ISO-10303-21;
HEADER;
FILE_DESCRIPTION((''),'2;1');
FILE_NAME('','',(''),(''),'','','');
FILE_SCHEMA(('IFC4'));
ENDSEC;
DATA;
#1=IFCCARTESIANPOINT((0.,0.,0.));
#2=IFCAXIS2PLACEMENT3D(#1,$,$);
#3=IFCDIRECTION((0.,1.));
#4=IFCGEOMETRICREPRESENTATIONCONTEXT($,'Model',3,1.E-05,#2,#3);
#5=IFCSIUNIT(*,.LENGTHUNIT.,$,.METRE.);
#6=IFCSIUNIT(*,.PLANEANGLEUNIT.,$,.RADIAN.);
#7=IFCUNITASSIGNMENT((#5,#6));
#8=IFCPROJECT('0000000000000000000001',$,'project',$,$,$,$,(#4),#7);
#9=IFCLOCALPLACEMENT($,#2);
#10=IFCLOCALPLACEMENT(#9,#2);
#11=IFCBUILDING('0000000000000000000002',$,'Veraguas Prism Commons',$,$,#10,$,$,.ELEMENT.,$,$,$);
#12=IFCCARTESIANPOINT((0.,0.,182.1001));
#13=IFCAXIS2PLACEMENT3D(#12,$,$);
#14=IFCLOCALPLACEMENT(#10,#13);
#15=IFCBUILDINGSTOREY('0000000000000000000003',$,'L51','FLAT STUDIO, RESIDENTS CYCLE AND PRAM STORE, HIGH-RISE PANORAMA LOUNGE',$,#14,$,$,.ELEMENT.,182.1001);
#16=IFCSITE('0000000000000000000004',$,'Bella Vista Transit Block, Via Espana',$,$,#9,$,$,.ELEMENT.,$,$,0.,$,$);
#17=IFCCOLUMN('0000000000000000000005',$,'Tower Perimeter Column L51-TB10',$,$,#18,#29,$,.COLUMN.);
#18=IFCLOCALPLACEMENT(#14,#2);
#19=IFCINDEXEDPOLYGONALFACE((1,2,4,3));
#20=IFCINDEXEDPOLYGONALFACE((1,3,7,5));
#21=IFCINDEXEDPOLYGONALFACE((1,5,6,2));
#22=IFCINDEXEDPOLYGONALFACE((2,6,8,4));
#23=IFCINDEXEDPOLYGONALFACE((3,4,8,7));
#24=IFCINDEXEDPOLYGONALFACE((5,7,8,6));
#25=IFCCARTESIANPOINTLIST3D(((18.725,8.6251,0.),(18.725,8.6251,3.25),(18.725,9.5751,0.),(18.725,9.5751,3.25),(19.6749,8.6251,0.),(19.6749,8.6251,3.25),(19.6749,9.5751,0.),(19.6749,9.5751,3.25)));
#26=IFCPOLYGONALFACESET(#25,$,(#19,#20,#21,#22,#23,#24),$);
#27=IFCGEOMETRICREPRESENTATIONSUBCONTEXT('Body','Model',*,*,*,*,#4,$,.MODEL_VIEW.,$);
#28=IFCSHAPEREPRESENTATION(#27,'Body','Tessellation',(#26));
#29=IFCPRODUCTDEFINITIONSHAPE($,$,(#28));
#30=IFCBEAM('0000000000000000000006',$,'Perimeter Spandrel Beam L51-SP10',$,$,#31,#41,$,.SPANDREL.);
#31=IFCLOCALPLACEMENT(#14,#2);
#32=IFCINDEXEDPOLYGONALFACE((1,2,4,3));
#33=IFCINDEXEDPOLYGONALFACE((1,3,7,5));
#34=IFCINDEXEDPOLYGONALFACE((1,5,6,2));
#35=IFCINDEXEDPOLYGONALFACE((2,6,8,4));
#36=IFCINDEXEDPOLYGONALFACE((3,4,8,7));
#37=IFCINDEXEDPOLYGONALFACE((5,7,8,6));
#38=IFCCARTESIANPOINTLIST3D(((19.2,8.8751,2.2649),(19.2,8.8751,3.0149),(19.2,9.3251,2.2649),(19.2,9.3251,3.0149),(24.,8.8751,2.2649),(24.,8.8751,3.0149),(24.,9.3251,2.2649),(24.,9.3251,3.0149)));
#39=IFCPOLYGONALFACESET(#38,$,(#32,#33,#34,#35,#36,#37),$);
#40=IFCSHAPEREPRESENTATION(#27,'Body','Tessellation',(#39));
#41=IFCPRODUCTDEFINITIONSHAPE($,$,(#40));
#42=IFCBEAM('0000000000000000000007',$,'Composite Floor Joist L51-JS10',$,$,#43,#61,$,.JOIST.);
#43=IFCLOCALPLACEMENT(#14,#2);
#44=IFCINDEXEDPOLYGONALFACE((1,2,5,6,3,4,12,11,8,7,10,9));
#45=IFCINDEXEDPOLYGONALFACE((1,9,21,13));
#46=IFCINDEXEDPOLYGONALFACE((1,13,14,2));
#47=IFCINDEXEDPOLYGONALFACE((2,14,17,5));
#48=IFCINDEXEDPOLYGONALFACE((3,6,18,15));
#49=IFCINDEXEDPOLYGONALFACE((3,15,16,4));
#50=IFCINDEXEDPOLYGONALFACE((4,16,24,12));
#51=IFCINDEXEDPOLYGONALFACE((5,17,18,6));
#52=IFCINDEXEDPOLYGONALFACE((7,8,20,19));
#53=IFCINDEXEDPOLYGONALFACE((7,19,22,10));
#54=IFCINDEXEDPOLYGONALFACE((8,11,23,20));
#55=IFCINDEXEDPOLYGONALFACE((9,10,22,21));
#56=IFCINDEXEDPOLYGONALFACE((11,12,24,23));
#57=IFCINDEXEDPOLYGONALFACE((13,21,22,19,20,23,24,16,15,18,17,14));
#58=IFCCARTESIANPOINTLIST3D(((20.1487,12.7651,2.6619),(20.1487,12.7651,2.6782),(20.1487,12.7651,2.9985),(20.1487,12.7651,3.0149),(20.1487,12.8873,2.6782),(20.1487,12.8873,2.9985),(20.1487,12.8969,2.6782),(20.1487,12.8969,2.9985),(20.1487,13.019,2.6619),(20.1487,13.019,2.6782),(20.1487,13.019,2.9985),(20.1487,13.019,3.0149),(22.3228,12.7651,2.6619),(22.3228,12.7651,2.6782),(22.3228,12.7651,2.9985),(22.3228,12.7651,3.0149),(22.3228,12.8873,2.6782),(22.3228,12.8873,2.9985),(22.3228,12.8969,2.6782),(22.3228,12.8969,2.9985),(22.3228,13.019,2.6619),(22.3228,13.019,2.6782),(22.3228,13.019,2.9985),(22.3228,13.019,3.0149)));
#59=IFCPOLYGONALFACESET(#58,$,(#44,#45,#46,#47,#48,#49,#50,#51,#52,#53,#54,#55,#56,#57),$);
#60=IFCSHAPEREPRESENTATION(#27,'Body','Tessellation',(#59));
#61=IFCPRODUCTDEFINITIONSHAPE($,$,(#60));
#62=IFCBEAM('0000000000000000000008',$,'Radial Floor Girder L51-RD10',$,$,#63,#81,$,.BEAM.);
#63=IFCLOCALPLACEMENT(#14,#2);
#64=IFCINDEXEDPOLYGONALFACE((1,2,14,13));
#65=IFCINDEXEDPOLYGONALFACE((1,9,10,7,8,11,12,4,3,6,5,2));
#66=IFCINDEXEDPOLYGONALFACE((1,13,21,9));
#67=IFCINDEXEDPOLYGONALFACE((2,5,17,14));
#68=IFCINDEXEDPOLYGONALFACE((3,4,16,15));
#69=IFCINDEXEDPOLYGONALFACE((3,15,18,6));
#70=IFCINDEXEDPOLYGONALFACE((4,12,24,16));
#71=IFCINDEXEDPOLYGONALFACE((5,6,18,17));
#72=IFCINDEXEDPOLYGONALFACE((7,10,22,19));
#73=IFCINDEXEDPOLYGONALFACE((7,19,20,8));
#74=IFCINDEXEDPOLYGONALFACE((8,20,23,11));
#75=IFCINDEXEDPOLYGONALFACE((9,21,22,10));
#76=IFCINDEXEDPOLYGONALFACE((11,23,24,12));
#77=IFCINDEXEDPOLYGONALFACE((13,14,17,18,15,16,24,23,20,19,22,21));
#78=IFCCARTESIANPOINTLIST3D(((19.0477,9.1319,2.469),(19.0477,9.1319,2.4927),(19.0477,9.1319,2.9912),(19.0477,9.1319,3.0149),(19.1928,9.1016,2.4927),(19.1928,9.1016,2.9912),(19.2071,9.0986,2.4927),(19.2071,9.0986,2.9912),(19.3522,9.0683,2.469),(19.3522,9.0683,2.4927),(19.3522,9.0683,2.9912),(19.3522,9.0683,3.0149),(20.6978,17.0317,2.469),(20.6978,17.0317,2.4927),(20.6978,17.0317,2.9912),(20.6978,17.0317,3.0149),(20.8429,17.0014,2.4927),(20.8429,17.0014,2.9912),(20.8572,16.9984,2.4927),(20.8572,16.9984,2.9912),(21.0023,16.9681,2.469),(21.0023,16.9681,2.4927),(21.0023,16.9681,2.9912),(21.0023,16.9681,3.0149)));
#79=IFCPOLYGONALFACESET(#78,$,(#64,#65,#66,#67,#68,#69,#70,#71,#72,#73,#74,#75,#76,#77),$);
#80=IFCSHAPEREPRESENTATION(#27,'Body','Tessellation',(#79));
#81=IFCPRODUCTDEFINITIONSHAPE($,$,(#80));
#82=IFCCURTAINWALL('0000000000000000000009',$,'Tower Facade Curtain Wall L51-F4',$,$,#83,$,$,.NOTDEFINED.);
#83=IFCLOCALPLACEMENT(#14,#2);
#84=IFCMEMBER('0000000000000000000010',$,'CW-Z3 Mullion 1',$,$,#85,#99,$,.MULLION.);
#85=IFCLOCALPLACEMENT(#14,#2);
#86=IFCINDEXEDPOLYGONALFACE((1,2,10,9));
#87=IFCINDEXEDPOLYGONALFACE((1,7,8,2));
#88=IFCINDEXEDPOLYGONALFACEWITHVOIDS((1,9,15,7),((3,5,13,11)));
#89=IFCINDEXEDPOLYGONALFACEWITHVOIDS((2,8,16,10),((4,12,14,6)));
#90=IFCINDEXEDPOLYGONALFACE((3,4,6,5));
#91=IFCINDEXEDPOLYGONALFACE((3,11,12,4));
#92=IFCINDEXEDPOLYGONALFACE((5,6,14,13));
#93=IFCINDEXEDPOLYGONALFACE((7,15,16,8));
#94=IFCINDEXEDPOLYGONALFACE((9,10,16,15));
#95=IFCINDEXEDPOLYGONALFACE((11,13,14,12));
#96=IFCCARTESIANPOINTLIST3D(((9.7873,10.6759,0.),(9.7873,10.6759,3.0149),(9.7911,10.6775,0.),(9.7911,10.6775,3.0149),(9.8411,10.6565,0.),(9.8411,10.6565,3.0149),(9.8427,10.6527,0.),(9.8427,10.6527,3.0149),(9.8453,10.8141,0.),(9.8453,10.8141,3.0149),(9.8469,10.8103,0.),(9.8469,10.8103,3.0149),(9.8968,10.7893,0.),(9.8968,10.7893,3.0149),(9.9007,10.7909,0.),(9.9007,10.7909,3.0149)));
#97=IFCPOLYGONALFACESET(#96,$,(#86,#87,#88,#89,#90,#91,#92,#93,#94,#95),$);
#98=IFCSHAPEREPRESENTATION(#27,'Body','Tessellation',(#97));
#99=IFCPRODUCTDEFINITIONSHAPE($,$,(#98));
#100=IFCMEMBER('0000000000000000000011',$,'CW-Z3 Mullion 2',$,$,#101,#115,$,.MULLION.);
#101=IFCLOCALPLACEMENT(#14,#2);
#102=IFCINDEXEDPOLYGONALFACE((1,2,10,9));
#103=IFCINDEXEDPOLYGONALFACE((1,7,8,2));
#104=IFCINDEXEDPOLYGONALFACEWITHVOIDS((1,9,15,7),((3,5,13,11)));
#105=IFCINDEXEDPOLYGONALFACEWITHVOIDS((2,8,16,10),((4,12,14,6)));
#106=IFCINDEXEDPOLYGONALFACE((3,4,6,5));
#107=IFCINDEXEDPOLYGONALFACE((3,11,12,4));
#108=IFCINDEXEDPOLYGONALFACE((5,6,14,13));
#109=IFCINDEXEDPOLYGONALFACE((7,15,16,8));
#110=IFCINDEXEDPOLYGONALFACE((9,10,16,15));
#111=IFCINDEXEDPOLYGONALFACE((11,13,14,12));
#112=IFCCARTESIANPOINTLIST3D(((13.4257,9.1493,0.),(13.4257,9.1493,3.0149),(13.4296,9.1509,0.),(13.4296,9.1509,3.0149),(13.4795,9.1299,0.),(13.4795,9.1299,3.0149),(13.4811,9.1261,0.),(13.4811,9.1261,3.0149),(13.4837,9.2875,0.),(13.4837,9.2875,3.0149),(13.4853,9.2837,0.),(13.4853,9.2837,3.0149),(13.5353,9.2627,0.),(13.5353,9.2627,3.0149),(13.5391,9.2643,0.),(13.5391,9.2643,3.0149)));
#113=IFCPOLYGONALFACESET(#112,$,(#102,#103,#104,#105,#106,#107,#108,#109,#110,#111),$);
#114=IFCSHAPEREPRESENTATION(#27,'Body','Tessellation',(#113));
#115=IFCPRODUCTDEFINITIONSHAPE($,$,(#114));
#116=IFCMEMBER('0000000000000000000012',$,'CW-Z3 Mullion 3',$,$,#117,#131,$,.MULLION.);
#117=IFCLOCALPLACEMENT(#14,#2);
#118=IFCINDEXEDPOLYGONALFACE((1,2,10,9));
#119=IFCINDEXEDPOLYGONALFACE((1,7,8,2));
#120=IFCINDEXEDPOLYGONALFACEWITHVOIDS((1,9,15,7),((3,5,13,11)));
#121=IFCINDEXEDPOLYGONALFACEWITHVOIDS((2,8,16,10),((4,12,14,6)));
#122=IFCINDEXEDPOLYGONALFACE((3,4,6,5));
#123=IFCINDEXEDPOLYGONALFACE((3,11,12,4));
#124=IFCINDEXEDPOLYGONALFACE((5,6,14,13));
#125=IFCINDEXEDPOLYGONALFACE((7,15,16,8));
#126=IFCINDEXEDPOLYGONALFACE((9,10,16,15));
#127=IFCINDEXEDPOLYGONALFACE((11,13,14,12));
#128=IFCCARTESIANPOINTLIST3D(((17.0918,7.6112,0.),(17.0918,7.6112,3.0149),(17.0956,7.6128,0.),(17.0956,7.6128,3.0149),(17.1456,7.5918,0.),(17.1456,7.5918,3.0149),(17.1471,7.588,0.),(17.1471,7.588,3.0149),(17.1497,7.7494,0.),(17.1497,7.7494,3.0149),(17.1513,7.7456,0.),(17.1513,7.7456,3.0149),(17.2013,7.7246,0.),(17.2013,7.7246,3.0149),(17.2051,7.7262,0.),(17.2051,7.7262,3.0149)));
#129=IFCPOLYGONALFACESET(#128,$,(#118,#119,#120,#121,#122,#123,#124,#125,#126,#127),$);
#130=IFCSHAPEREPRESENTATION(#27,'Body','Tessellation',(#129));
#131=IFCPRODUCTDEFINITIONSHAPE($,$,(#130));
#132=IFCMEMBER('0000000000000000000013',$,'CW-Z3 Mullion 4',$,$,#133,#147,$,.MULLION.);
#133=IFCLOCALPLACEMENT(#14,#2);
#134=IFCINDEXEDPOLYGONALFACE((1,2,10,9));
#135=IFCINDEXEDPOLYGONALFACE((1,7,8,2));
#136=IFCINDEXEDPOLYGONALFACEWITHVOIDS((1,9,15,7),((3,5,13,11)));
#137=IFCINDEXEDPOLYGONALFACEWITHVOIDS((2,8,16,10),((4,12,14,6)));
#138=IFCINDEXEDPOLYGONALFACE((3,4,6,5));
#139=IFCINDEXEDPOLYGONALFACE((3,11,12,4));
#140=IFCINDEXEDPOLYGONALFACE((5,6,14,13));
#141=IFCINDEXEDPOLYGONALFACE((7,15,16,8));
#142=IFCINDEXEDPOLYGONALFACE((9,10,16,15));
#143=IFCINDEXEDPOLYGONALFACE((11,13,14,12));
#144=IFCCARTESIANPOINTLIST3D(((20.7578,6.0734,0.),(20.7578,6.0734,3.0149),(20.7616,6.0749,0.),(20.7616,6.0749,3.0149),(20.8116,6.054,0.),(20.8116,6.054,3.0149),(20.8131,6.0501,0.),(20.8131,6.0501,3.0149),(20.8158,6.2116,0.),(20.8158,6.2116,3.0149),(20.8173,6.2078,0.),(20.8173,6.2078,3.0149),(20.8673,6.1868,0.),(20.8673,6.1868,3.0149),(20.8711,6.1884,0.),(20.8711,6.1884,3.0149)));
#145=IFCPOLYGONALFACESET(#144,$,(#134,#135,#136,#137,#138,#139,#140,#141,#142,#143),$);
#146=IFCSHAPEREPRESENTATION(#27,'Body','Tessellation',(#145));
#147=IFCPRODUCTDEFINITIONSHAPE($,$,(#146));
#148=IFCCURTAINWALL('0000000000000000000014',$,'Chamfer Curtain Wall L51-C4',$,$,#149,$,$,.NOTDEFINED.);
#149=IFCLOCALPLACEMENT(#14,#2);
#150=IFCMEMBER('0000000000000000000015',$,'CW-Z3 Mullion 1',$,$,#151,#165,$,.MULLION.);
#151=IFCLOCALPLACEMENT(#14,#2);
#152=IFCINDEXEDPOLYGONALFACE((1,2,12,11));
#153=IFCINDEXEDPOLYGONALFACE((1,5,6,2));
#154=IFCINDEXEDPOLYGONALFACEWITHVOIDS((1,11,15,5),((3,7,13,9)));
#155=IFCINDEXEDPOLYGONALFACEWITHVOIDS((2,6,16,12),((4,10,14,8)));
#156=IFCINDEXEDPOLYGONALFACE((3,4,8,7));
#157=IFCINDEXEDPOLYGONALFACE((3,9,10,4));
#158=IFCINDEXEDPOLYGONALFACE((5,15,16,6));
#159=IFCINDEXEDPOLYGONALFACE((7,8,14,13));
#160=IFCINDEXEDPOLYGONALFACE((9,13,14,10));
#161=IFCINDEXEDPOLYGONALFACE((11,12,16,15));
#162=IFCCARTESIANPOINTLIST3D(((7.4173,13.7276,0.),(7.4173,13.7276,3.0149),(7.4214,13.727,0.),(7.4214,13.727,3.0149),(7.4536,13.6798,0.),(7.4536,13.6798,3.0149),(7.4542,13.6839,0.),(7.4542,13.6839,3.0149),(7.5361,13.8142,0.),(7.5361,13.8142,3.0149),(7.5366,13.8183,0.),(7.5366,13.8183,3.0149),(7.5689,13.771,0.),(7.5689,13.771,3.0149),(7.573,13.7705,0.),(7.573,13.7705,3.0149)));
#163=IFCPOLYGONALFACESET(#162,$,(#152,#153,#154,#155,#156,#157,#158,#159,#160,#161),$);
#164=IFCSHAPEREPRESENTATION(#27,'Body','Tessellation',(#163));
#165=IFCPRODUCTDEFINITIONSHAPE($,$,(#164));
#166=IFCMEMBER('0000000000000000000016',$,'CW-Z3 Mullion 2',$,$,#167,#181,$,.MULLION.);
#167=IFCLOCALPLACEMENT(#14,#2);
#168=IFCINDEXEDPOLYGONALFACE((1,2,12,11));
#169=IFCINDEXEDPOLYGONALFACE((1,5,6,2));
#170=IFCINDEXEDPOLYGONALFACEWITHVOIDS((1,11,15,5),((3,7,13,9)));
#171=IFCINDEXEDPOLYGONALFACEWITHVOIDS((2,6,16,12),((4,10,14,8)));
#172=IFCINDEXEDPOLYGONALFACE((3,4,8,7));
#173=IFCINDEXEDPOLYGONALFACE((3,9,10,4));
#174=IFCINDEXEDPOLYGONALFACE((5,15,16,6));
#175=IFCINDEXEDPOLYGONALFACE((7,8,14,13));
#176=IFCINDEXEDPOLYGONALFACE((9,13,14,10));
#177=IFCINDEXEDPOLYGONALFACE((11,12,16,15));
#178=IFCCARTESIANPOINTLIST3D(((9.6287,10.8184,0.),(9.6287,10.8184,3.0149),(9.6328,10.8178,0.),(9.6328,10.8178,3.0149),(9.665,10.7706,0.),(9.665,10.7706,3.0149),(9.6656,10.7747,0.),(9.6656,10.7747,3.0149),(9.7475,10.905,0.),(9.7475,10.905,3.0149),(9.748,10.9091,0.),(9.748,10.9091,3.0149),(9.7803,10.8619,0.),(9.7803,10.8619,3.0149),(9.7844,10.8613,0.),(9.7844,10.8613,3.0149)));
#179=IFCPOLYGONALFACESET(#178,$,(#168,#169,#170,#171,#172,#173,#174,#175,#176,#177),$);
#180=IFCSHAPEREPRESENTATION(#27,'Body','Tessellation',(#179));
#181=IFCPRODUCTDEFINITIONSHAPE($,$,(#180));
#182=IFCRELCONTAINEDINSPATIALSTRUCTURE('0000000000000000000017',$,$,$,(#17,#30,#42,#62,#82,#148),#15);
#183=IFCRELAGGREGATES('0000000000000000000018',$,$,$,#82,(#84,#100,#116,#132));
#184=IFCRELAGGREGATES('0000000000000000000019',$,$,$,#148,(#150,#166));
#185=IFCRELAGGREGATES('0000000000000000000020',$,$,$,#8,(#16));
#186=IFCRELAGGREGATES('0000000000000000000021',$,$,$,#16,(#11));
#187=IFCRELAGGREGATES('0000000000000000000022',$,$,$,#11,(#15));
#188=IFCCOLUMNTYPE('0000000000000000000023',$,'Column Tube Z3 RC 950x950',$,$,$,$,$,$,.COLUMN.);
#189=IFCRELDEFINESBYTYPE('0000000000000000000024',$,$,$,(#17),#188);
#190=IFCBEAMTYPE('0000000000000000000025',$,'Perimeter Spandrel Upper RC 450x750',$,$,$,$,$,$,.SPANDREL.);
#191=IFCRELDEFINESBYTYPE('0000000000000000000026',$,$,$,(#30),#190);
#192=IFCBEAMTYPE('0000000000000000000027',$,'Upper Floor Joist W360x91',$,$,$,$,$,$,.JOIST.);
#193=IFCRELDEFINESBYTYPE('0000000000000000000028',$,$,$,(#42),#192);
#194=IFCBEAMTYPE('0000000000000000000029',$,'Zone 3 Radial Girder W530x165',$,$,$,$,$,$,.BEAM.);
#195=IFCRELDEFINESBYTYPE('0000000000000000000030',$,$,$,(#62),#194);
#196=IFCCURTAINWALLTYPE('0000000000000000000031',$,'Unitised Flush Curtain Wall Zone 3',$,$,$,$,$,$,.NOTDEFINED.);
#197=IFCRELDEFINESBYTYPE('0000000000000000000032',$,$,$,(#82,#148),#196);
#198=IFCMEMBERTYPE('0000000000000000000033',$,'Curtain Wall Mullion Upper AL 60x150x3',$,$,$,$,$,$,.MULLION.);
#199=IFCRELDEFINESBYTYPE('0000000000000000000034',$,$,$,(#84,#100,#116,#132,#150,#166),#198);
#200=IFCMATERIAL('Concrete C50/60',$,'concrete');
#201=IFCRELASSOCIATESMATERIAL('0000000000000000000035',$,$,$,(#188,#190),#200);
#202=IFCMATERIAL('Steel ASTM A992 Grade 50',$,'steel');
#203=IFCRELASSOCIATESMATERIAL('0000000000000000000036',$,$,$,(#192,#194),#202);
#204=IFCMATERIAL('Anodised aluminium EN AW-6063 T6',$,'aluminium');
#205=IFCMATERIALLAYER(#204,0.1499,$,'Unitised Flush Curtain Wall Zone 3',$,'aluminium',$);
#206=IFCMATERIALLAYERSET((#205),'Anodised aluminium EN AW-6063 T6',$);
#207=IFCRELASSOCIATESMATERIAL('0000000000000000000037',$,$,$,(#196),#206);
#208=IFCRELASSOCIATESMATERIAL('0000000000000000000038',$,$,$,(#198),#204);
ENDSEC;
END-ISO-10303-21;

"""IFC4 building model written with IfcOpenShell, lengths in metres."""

from ifc_helpers import new_model, si_unit, direction, frame, origin, origin_2d, place, context, subcontext, project, spatial, rectangle, hollow_rectangle, i_section, extrude, source, transform, mapped, material, layer, layer_set, material_profile, profile_set, type_object, element, aggregate, save


model = new_model("IFC4")

# Units and contexts
model_context = context("Model", 3, precision=1e-05, world=origin(), true_north=direction((0.0, 1.0)))
body_context = subcontext(model_context, "Body", "Model", "MODEL_VIEW")
ifc_project = project(units=[si_unit("LENGTHUNIT", "METRE"), si_unit("PLANEANGLEUNIT", "RADIAN")], contexts=[model_context])

# Site, building, storey
site_placement = place(None, origin())
site = spatial("IfcSite", under=ifc_project, at=site_placement, Name="Bella Vista Transit Block, Via Espana", CompositionType="ELEMENT", RefElevation=0.0)
building_placement = place(site_placement, origin())
building = spatial("IfcBuilding", under=site, at=building_placement, Name="Veraguas Prism Commons", CompositionType="ELEMENT")
storey_placement = place(building_placement, frame((0.0, 0.0, 182.1001)))
storey = spatial("IfcBuildingStorey", under=building, at=storey_placement, Name="L51", Description="FLAT STUDIO, RESIDENTS CYCLE AND PRAM STORE, HIGH-RISE PANORAMA LOUNGE", CompositionType="ELEMENT", Elevation=182.1001)

# Column
ifc_material_1 = material(Name="Concrete C50/60", Category="concrete")
ifc_material_profile_1 = material_profile(ifc_material_1, rectangle(XDim=0.95, YDim=0.95, at=origin_2d()), Name="RC950X950")
ifc_profile_set_1 = profile_set([ifc_material_profile_1], Name="Concrete C50/60")
column_type = type_object("IfcColumnType", Name="Column Tube Z3 RC 950x950", PredefinedType="COLUMN", material=ifc_profile_set_1)
column_placement = place(storey_placement, frame((19.2, 9.1001, 0.0), z_axis=(0.0, 0.0, 1.0), x_axis=(1.0, 0.0, 0.0)))
element("IfcColumn", 1, at=column_placement, inside=storey, type_object=column_type, Name="Tower Perimeter Column L51-TB10", PredefinedType="COLUMN", context=body_context, shape_type="SweptSolid", body=[
    extrude(rectangle(XDim=0.95, YDim=0.95, at=origin_2d()), origin(), (0.0, 0.0, 1.0), 3.25),
])

# Beams
ifc_material_profile_2 = material_profile(ifc_material_1, rectangle(XDim=0.45, YDim=0.75, at=origin_2d()), Name="RC450X750")
ifc_profile_set_2 = profile_set([ifc_material_profile_2], Name="Concrete C50/60")
beam_type_1 = type_object("IfcBeamType", Name="Perimeter Spandrel Upper RC 450x750", PredefinedType="SPANDREL", material=ifc_profile_set_2)
beam_1_placement = place(storey_placement, frame((19.2, 9.1001, 2.6399), z_axis=(1.0, 0.0, 0.0), x_axis=(0.0, 1.0, 0.0)))
element("IfcBeam", 2, at=beam_1_placement, inside=storey, type_object=beam_type_1, Name="Perimeter Spandrel Beam L51-SP10", PredefinedType="SPANDREL", context=body_context, shape_type="SweptSolid", body=[
    extrude(rectangle(XDim=0.45, YDim=0.75, at=origin_2d()), origin(), (0.0, 0.0, 1.0), 4.8),
])
ifc_material_2 = material(Name="Steel ASTM A992 Grade 50", Category="steel")
ifc_material_profile_3 = material_profile(ifc_material_2, i_section(OverallWidth=0.2539, OverallDepth=0.353, WebThickness=0.0095, FlangeThickness=0.0164, at=origin_2d()), Name="W360X91")
ifc_profile_set_3 = profile_set([ifc_material_profile_3], Name="Steel ASTM A992 Grade 50")
beam_type_2 = type_object("IfcBeamType", Name="Upper Floor Joist W360x91", PredefinedType="JOIST", material=ifc_profile_set_3)
beam_2_placement = place(storey_placement, frame((20.1487, 12.8921, 2.8384), z_axis=(1.0, 0.0, 0.0), x_axis=(0.0, 1.0, 0.0)))
element("IfcBeam", 3, at=beam_2_placement, inside=storey, type_object=beam_type_2, Name="Composite Floor Joist L51-JS10", PredefinedType="JOIST", context=body_context, shape_type="SweptSolid", body=[
    extrude(i_section(OverallWidth=0.2539, OverallDepth=0.353, WebThickness=0.0095, FlangeThickness=0.0164, at=origin_2d()), origin(), (0.0, 0.0, 1.0), 2.1741),
])
ifc_material_profile_4 = material_profile(ifc_material_2, i_section(OverallWidth=0.311, OverallDepth=0.5459, WebThickness=0.0146, FlangeThickness=0.0237, at=origin_2d()), Name="W530X165")
ifc_profile_set_4 = profile_set([ifc_material_profile_4], Name="Steel ASTM A992 Grade 50")
beam_type_3 = type_object("IfcBeamType", Name="Zone 3 Radial Girder W530x165", PredefinedType="BEAM", material=ifc_profile_set_4)
beam_3_placement = place(storey_placement, frame((19.2, 9.1001, 2.7419), z_axis=(0.204469, 0.978873, 0.0), x_axis=(-0.978873, 0.204469, 0.0)))
element("IfcBeam", 4, at=beam_3_placement, inside=storey, type_object=beam_type_3, Name="Radial Floor Girder L51-RD10", PredefinedType="BEAM", context=body_context, shape_type="SweptSolid", body=[
    extrude(i_section(OverallWidth=0.311, OverallDepth=0.5459, WebThickness=0.0146, FlangeThickness=0.0237, at=origin_2d()), origin(), (0.0, 0.0, 1.0), 8.0703),
])

# Curtain walls, members
ifc_material_3 = material(Name="Anodised aluminium EN AW-6063 T6", Category="aluminium")
ifc_layer_1 = layer(ifc_material_3, 0.1499, Name="Unitised Flush Curtain Wall Zone 3", Category="aluminium")
ifc_layer_set_1 = layer_set([ifc_layer_1], Name="Anodised aluminium EN AW-6063 T6")
curtain_wall_type = type_object("IfcCurtainWallType", Name="Unitised Flush Curtain Wall Zone 3", PredefinedType="NOTDEFINED", material=ifc_layer_set_1)
curtain_wall_1_placement = place(storey_placement, origin())
curtain_wall_1 = element("IfcCurtainWall", 5, at=curtain_wall_1_placement, inside=storey, type_object=curtain_wall_type, Name="Tower Facade Curtain Wall L51-F4", PredefinedType="NOTDEFINED")
ifc_material_profile_5 = material_profile(ifc_material_3, hollow_rectangle(XDim=0.0601, YDim=0.1499, WallThickness=0.0029, at=origin_2d()), Name="AL60X150X3")
ifc_profile_set_5 = profile_set([ifc_material_profile_5], Name="Anodised aluminium EN AW-6063 T6")
member_type_1 = type_object("IfcMemberType", Name="Curtain Wall Mullion Upper AL 60x150x3", PredefinedType="MULLION", material=ifc_profile_set_5)
shared_shape_1 = source(origin(), body_context, "Body", "SweptSolid", [
    extrude(hollow_rectangle(XDim=0.0601, YDim=0.1499, WallThickness=0.0029, at=origin_2d()), origin(), (0.0, 0.0, 1.0), 3.0149),
])
member_1_placement = place(storey_placement, frame((9.844, 10.7334, 0.0), z_axis=(0.0, 0.0, 1.0), x_axis=(0.922134, -0.38687, 0.0)))
member_1 = element("IfcMember", 6, at=member_1_placement, type_object=member_type_1, Name="CW-Z3 Mullion 1", PredefinedType="MULLION", context=body_context, shape_type="MappedRepresentation", body=[
    mapped(shared_shape_1, transform((0.0, 0.0, 0.0), scale=1.0)),
])
member_2_placement = place(storey_placement, frame((13.4824, 9.2068, 0.0), z_axis=(0.0, 0.0, 1.0), x_axis=(0.922134, -0.38687, 0.0)))
member_2 = element("IfcMember", 7, at=member_2_placement, type_object=member_type_1, Name="CW-Z3 Mullion 2", PredefinedType="MULLION", context=body_context, shape_type="MappedRepresentation", body=[
    mapped(shared_shape_1, transform((0.0, 0.0, 0.0), scale=1.0)),
])
member_3_placement = place(storey_placement, frame((17.1484, 7.6687, 0.0), z_axis=(0.0, 0.0, 1.0), x_axis=(0.922134, -0.38687, 0.0)))
member_3 = element("IfcMember", 8, at=member_3_placement, type_object=member_type_1, Name="CW-Z3 Mullion 3", PredefinedType="MULLION", context=body_context, shape_type="MappedRepresentation", body=[
    mapped(shared_shape_1, transform((0.0, 0.0, 0.0), scale=1.0)),
])
member_4_placement = place(storey_placement, frame((20.8145, 6.1309, 0.0), z_axis=(0.0, 0.0, 1.0), x_axis=(0.922134, -0.38687, 0.0)))
member_4 = element("IfcMember", 9, at=member_4_placement, type_object=member_type_1, Name="CW-Z3 Mullion 4", PredefinedType="MULLION", context=body_context, shape_type="MappedRepresentation", body=[
    mapped(shared_shape_1, transform((0.0, 0.0, 0.0), scale=1.0)),
])
curtain_wall_2_placement = place(storey_placement, origin())
curtain_wall_2 = element("IfcCurtainWall", 10, at=curtain_wall_2_placement, inside=storey, type_object=curtain_wall_type, Name="Chamfer Curtain Wall L51-C4", PredefinedType="NOTDEFINED")
member_5_placement = place(storey_placement, frame((7.4951, 13.749, 0.0), z_axis=(0.0, 0.0, 1.0), x_axis=(0.605165, -0.7961, 0.0)))
member_5 = element("IfcMember", 11, at=member_5_placement, type_object=member_type_1, Name="CW-Z3 Mullion 1", PredefinedType="MULLION", context=body_context, shape_type="MappedRepresentation", body=[
    mapped(shared_shape_1, transform((0.0, 0.0, 0.0), scale=1.0)),
])
member_6_placement = place(storey_placement, frame((9.7065, 10.8398, 0.0), z_axis=(0.0, 0.0, 1.0), x_axis=(0.605165, -0.7961, 0.0)))
member_6 = element("IfcMember", 12, at=member_6_placement, type_object=member_type_1, Name="CW-Z3 Mullion 2", PredefinedType="MULLION", context=body_context, shape_type="MappedRepresentation", body=[
    mapped(shared_shape_1, transform((0.0, 0.0, 0.0), scale=1.0)),
])

aggregate(curtain_wall_1, [member_1, member_2, member_3, member_4])
aggregate(curtain_wall_2, [member_5, member_6])

save(model, "model.ifc")
